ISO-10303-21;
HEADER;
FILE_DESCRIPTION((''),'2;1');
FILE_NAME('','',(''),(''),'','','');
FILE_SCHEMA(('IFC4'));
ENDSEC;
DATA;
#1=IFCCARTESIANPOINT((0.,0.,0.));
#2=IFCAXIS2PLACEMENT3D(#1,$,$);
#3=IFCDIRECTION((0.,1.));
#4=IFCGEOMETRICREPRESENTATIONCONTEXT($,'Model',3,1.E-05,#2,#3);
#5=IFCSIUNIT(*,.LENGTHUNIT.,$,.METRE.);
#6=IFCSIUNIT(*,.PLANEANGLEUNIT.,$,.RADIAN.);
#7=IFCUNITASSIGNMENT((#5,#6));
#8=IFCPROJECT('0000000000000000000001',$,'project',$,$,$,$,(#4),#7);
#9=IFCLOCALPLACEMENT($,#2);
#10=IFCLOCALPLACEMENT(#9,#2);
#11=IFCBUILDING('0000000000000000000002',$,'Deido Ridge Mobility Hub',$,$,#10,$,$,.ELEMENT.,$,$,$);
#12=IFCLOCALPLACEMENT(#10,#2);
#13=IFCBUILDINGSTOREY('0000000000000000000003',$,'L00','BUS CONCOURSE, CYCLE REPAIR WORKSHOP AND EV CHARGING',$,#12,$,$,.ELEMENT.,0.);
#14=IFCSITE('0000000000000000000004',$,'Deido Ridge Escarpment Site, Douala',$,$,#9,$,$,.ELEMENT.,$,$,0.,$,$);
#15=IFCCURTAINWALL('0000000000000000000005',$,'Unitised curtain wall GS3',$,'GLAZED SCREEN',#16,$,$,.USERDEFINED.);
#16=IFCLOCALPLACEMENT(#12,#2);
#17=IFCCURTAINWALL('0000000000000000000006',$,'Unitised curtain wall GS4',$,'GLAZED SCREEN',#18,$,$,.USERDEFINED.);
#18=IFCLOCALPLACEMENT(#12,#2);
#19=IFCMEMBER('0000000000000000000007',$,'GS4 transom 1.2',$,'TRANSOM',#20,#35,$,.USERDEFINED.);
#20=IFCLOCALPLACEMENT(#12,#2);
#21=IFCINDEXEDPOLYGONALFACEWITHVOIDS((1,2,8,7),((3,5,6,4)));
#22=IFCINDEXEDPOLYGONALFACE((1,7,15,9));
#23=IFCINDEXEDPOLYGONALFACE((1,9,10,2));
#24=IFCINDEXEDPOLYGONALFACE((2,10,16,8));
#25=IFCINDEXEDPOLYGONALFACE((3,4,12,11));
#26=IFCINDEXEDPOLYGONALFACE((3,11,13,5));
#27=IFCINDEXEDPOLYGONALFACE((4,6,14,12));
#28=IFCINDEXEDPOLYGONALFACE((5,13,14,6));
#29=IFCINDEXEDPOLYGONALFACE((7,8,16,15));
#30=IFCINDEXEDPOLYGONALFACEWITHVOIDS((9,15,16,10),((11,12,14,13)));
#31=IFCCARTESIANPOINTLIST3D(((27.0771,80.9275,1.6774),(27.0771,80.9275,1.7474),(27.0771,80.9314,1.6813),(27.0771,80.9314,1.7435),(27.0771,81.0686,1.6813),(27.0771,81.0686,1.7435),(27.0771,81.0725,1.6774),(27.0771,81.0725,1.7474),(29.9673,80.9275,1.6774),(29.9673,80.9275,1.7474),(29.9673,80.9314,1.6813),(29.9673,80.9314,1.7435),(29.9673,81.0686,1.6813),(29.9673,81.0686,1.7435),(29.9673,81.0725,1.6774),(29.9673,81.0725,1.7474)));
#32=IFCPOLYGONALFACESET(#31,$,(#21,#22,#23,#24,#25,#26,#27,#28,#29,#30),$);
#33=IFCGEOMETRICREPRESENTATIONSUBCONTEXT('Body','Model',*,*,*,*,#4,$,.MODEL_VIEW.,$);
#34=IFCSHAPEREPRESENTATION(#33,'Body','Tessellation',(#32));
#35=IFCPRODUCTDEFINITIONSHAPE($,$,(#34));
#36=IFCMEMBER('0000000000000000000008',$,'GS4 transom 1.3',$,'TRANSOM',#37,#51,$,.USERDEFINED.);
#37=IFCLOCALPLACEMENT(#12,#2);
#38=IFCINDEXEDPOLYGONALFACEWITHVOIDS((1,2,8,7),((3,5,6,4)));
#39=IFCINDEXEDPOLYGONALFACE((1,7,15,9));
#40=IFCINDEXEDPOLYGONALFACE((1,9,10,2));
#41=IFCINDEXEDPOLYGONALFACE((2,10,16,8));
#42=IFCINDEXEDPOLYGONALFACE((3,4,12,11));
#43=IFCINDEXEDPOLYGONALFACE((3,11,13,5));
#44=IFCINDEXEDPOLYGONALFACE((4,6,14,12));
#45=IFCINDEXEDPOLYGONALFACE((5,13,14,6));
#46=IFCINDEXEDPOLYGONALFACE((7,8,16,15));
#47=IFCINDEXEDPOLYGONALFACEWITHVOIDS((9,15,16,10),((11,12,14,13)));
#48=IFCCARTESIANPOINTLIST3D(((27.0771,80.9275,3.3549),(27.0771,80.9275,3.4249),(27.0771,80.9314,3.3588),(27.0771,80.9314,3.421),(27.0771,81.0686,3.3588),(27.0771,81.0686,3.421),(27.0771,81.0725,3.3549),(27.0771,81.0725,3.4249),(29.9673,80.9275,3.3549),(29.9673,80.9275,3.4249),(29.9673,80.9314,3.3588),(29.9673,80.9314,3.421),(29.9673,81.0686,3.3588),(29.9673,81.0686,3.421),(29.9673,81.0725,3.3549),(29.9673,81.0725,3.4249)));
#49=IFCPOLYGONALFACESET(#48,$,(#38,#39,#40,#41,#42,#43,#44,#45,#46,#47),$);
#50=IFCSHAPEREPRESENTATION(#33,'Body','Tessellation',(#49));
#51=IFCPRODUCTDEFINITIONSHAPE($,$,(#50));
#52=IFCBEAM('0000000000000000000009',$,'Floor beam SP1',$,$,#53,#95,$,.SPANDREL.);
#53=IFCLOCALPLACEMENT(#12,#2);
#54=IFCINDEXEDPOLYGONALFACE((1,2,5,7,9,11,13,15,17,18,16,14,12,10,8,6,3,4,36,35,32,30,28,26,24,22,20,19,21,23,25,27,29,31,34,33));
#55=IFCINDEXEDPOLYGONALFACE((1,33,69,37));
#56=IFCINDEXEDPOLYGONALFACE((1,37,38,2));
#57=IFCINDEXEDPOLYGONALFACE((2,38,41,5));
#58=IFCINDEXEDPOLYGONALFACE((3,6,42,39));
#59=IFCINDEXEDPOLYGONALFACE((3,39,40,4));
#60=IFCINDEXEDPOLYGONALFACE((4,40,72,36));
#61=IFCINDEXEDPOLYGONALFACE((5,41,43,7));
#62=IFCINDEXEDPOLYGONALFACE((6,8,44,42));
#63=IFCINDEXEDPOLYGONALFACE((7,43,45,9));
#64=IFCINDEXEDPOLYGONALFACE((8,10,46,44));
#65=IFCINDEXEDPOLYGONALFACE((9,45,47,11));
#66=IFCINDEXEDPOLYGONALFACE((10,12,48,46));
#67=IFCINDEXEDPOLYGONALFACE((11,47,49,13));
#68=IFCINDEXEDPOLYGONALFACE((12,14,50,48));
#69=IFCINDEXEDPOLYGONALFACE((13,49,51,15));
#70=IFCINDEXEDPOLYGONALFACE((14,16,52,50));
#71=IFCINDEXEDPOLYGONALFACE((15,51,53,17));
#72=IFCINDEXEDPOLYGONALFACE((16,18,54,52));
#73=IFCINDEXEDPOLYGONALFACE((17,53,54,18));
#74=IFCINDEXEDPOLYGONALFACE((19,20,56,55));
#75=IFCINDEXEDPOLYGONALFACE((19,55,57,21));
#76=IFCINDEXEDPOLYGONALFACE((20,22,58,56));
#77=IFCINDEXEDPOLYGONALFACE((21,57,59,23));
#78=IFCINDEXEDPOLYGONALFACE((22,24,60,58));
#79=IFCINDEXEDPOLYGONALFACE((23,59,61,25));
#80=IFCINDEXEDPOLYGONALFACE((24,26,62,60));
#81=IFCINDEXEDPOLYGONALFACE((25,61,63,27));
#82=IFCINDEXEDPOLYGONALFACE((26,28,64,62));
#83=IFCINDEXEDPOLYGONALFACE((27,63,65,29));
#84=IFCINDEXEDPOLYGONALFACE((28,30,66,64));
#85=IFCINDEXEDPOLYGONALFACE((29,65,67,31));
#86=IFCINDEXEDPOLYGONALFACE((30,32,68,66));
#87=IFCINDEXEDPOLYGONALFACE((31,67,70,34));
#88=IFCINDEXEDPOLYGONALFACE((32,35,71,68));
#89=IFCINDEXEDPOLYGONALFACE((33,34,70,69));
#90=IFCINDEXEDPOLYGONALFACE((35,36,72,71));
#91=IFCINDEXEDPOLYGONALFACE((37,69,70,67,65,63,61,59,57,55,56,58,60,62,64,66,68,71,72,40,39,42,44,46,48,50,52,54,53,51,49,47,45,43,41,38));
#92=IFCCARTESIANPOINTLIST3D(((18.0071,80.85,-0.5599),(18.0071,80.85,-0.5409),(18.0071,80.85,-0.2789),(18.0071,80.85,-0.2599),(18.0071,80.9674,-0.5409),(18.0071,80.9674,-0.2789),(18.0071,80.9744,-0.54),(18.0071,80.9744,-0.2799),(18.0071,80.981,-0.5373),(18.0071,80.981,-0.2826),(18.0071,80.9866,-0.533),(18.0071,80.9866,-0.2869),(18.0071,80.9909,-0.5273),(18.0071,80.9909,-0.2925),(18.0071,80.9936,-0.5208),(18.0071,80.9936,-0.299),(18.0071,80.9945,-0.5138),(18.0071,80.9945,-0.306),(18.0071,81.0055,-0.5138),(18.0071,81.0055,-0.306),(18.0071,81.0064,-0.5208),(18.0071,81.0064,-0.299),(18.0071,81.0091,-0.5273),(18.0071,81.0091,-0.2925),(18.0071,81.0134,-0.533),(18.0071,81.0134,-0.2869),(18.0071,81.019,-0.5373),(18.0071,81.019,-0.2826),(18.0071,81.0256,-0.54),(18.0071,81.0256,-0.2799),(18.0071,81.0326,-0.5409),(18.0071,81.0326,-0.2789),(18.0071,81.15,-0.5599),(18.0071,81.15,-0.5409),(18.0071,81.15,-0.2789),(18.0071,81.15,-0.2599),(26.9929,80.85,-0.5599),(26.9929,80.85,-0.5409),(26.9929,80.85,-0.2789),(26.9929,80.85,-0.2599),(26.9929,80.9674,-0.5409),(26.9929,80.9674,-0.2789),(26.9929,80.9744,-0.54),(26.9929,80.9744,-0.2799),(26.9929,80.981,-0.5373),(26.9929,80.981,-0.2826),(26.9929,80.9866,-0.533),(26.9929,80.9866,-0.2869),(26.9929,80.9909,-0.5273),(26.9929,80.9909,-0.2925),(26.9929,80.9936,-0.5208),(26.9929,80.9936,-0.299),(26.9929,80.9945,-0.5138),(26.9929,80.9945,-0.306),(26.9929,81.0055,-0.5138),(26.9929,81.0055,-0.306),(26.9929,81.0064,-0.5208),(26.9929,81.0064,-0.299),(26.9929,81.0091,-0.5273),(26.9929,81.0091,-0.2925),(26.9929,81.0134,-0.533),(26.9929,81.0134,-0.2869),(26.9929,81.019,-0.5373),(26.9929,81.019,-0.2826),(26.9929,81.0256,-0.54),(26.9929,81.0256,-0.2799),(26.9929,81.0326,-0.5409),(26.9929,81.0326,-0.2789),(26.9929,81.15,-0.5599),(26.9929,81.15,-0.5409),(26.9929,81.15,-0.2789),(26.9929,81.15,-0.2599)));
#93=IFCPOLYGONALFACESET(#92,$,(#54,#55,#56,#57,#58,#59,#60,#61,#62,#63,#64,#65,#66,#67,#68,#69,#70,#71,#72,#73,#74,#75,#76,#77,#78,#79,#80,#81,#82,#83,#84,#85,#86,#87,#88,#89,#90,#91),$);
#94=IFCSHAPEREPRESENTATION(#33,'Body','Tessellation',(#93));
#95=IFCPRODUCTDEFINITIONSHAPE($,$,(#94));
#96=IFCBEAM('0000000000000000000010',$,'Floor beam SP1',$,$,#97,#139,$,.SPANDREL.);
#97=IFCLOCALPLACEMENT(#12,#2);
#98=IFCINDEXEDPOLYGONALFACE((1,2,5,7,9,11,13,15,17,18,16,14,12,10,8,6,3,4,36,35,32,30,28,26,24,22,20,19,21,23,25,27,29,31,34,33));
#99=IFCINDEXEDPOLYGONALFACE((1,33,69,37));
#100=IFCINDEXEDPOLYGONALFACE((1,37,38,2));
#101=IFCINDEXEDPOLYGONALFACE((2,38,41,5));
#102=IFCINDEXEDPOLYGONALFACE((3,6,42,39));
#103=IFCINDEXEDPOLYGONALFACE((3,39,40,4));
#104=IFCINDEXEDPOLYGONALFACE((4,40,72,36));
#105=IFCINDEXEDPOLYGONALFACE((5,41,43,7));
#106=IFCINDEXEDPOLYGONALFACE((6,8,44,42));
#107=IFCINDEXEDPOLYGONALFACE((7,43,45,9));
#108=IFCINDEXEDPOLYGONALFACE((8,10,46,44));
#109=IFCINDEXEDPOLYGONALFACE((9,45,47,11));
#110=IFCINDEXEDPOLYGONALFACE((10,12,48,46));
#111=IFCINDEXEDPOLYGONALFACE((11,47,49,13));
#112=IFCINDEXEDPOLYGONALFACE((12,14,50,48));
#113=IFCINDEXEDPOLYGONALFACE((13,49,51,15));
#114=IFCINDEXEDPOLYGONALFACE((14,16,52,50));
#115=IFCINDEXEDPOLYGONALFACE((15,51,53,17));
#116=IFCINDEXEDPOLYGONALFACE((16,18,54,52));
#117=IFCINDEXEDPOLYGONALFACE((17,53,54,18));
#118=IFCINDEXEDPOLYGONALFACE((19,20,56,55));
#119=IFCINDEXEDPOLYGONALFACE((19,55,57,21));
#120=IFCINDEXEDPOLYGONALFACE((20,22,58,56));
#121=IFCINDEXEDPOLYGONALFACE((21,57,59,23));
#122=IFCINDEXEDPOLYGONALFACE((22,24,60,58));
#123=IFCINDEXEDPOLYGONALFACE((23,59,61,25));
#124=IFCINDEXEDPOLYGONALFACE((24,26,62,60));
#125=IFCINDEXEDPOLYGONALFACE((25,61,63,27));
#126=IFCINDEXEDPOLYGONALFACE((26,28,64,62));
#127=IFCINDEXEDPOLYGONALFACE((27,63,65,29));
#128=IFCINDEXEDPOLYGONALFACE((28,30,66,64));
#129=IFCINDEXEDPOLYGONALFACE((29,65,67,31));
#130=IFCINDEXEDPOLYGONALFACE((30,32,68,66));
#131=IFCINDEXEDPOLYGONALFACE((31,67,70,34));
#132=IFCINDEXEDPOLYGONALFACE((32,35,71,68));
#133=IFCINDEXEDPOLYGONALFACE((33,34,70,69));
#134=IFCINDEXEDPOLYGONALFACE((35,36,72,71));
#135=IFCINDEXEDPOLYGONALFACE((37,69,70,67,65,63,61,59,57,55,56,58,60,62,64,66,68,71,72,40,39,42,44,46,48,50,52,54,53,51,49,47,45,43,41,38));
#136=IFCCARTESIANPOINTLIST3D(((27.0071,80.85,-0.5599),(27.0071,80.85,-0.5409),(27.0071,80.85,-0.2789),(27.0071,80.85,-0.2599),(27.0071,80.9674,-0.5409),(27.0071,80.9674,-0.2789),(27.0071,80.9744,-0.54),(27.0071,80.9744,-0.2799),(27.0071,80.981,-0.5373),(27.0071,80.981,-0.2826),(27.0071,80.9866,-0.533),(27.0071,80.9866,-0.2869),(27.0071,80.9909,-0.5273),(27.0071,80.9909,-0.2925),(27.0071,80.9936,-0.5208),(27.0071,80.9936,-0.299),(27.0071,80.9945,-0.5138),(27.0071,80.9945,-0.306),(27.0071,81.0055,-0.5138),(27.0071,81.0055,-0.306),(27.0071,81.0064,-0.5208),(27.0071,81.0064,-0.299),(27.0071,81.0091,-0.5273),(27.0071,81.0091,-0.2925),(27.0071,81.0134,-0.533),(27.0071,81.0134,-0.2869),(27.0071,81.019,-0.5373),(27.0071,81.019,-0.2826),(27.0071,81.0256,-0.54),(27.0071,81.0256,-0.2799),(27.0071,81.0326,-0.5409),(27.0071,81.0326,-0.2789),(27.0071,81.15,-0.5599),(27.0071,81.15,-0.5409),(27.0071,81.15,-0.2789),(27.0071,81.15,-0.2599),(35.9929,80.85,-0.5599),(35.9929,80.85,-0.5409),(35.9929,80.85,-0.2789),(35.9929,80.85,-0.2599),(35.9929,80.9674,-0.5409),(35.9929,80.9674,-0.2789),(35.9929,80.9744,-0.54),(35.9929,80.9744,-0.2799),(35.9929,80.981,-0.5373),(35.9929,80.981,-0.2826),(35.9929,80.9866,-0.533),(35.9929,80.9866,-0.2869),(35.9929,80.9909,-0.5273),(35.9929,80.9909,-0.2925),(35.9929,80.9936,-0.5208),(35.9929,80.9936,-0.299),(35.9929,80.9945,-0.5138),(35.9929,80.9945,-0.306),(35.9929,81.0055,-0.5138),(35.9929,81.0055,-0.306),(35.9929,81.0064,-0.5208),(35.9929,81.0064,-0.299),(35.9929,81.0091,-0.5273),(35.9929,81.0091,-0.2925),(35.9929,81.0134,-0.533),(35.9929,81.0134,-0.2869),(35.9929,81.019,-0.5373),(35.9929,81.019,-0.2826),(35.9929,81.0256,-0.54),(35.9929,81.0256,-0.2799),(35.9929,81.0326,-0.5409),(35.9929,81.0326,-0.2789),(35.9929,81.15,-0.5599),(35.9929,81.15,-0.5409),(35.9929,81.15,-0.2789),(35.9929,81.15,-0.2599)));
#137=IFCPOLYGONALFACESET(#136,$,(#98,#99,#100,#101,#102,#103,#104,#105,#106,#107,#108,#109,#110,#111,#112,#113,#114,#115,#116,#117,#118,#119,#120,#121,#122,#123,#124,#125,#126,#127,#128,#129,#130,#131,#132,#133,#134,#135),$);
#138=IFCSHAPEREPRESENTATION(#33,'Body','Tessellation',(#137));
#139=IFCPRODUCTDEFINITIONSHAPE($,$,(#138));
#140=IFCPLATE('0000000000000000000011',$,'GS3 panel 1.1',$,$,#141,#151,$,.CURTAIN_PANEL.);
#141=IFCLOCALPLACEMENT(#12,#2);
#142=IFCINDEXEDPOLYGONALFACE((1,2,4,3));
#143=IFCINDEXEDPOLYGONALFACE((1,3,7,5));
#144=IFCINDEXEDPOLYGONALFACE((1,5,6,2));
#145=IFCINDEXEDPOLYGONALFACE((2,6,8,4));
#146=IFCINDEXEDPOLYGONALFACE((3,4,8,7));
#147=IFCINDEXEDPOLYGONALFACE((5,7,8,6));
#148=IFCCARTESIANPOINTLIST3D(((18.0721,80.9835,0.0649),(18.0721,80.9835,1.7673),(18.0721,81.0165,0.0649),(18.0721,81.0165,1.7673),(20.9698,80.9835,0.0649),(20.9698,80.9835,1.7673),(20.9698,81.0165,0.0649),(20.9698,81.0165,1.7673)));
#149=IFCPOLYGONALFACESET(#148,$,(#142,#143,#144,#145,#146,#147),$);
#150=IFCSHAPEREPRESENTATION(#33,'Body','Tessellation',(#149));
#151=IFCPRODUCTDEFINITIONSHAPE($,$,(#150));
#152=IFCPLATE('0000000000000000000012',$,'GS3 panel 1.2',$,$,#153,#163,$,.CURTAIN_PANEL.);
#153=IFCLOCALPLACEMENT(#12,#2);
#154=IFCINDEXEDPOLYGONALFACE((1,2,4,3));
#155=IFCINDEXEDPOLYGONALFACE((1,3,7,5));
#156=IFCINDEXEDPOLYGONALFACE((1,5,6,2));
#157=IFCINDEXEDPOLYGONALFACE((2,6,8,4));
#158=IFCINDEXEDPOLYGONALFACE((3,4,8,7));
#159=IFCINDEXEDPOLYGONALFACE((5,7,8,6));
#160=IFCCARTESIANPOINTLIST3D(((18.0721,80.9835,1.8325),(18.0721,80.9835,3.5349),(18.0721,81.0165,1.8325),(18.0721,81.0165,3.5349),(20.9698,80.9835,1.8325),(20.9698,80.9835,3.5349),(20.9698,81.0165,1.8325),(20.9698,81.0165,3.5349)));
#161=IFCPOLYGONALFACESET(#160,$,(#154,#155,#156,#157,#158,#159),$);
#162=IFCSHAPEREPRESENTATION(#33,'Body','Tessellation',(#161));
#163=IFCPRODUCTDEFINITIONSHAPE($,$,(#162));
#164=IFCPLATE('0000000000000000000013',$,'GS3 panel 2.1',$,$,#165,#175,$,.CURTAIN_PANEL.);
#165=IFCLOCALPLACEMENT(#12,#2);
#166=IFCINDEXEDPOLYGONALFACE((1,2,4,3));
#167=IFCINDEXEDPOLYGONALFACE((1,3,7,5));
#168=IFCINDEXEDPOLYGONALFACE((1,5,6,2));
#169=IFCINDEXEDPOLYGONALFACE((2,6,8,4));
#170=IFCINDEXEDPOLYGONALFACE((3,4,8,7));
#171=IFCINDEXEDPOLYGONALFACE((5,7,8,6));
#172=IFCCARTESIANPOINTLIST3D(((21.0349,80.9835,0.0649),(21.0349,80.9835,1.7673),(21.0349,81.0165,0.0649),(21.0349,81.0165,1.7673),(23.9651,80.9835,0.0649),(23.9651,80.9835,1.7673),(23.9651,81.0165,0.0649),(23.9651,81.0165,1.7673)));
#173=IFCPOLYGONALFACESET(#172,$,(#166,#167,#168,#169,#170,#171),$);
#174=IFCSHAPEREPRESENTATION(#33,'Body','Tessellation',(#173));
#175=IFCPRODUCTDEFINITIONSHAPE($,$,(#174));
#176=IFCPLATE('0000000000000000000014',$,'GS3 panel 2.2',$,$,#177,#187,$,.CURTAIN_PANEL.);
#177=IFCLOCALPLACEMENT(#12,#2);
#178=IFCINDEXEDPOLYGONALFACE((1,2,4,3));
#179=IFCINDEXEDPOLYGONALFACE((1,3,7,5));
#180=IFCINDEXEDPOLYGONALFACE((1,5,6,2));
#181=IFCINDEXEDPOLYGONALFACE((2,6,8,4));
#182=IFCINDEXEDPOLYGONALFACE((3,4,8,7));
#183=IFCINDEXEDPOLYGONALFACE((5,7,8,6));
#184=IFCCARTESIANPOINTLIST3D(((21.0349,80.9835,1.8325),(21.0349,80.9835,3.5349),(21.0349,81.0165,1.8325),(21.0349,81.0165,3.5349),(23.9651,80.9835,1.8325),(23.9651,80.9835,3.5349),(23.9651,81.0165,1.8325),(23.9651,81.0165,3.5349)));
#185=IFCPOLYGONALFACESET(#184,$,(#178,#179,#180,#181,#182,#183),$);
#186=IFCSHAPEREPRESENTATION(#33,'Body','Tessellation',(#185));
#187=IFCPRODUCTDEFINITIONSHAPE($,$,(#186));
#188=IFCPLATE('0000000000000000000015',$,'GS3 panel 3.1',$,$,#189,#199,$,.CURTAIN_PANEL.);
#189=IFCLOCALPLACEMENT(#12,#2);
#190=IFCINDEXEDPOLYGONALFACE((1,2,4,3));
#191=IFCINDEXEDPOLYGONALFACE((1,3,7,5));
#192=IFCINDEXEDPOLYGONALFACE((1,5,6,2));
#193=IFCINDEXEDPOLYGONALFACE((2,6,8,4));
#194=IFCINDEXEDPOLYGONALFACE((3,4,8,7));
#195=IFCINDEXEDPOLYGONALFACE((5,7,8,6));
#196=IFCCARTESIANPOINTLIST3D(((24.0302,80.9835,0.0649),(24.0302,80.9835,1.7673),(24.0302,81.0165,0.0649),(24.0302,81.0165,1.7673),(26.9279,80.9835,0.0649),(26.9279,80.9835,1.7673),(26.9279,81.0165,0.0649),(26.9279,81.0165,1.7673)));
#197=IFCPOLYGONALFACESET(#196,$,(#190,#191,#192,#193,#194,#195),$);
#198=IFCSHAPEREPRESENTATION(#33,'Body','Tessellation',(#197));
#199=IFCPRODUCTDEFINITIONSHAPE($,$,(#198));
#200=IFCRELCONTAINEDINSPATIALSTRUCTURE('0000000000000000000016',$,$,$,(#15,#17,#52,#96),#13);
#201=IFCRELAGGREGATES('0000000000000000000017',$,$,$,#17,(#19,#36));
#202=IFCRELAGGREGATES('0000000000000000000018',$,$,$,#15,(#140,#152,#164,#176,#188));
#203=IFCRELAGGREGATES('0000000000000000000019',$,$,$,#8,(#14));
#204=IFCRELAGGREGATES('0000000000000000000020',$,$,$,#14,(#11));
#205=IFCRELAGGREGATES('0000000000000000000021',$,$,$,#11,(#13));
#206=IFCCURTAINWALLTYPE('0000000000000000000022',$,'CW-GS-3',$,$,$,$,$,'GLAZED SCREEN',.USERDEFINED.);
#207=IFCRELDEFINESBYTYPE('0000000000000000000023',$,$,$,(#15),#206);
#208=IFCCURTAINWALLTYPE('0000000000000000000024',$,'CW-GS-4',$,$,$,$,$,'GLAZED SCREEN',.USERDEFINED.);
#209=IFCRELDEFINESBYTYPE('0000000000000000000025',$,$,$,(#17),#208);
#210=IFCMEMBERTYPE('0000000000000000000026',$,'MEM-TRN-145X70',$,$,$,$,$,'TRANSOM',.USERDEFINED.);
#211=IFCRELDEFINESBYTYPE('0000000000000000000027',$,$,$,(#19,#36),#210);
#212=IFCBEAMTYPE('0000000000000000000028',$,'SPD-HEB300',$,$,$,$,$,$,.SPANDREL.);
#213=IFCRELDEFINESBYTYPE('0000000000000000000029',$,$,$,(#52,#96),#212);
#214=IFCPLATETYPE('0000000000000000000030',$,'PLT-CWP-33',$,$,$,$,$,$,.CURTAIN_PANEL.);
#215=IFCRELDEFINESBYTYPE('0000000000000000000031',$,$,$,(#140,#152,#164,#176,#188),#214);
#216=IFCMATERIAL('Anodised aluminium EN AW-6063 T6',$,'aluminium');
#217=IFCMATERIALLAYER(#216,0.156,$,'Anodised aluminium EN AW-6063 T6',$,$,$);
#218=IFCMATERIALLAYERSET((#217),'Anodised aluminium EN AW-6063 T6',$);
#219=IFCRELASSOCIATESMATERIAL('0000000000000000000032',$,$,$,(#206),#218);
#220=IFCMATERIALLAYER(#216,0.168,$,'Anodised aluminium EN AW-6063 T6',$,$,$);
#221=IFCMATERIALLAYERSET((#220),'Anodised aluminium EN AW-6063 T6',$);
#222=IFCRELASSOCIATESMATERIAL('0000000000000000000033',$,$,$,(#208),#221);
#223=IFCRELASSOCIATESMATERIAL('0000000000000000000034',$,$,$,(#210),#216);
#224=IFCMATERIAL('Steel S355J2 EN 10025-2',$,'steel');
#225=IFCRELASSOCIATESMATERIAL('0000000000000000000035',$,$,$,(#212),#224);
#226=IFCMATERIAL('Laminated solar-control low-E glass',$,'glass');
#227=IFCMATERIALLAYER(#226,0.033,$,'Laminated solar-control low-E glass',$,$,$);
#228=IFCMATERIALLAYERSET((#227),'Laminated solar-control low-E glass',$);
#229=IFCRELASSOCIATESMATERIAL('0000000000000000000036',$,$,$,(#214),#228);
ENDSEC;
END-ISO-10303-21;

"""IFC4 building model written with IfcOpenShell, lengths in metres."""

from ifc_helpers import new_model, si_unit, direction, frame, origin, origin_2d, place, context, subcontext, project, spatial, rectangle, hollow_rectangle, i_section, extrude, material, layer, layer_set, material_profile, profile_set, type_object, element, aggregate, save


model = new_model("IFC4")

# Units and contexts
model_context = context("Model", 3, precision=1e-05, world=origin(), true_north=direction((0.0, 1.0)))
body_context = subcontext(model_context, "Body", "Model", "MODEL_VIEW")
ifc_project = project(units=[si_unit("LENGTHUNIT", "METRE"), si_unit("PLANEANGLEUNIT", "RADIAN")], contexts=[model_context])

# Site, building, storey
site_placement = place(None, origin())
site = spatial("IfcSite", under=ifc_project, at=site_placement, Name="Deido Ridge Escarpment Site, Douala", CompositionType="ELEMENT", RefElevation=0.0)
building_placement = place(site_placement, origin())
building = spatial("IfcBuilding", under=site, at=building_placement, Name="Deido Ridge Mobility Hub", CompositionType="ELEMENT")
storey_placement = place(building_placement, origin())
storey = spatial("IfcBuildingStorey", under=building, at=storey_placement, Name="L00", Description="BUS CONCOURSE, CYCLE REPAIR WORKSHOP AND EV CHARGING", CompositionType="ELEMENT", Elevation=0.0)

# Shared definitions
ifc_material_1 = material(Name="Steel S355J2 EN 10025-2", Category="steel")

# Shared definitions
ifc_material_2 = material(Name="Anodised aluminium EN AW-6063 T6", Category="aluminium")

# Curtain wall
ifc_layer_1 = layer(ifc_material_2, 0.156, Name="Anodised aluminium EN AW-6063 T6")
ifc_layer_set_1 = layer_set([ifc_layer_1], Name="Anodised aluminium EN AW-6063 T6")
curtain_wall_type_1 = type_object("IfcCurtainWallType", Name="CW-GS-3", ElementType="GLAZED SCREEN", PredefinedType="USERDEFINED", material=ifc_layer_set_1)
curtain_wall_1_placement = place(storey_placement, origin())
curtain_wall_1 = element("IfcCurtainWall", 1, at=curtain_wall_1_placement, inside=storey, type_object=curtain_wall_type_1, Name="Unitised curtain wall GS3", ObjectType="GLAZED SCREEN", PredefinedType="USERDEFINED")

# Curtain wall
ifc_layer_2 = layer(ifc_material_2, 0.168, Name="Anodised aluminium EN AW-6063 T6")
ifc_layer_set_2 = layer_set([ifc_layer_2], Name="Anodised aluminium EN AW-6063 T6")
curtain_wall_type_2 = type_object("IfcCurtainWallType", Name="CW-GS-4", ElementType="GLAZED SCREEN", PredefinedType="USERDEFINED", material=ifc_layer_set_2)
curtain_wall_2_placement = place(storey_placement, origin())
curtain_wall_2 = element("IfcCurtainWall", 2, at=curtain_wall_2_placement, inside=storey, type_object=curtain_wall_type_2, Name="Unitised curtain wall GS4", ObjectType="GLAZED SCREEN", PredefinedType="USERDEFINED")

# Members
ifc_material_profile_1 = material_profile(ifc_material_2, hollow_rectangle(XDim=0.145, YDim=0.0701, WallThickness=0.0039, at=origin_2d()), Name="RHS 145x70x4")
ifc_profile_set_1 = profile_set([ifc_material_profile_1], Name="Anodised aluminium EN AW-6063 T6")
member_type_1 = type_object("IfcMemberType", Name="MEM-TRN-145X70", ElementType="TRANSOM", PredefinedType="USERDEFINED", material=ifc_profile_set_1)
member_1_placement = place(storey_placement, frame((27.0771, 81.0, 1.7124), z_axis=(1.0, 0.0, 0.0), x_axis=(0.0, 1.0, 0.0)))
member_1 = element("IfcMember", 3, at=member_1_placement, type_object=member_type_1, Name="GS4 transom 1.2", ObjectType="TRANSOM", PredefinedType="USERDEFINED", context=body_context, shape_type="SweptSolid", body=[
    extrude(hollow_rectangle(XDim=0.145, YDim=0.0701, WallThickness=0.0039, at=origin_2d()), origin(), (0.0, 0.0, 1.0), 2.8901),
])
member_2_placement = place(storey_placement, frame((27.0771, 81.0, 3.3899), z_axis=(1.0, 0.0, 0.0), x_axis=(0.0, 1.0, 0.0)))
member_2 = element("IfcMember", 4, at=member_2_placement, type_object=member_type_1, Name="GS4 transom 1.3", ObjectType="TRANSOM", PredefinedType="USERDEFINED", context=body_context, shape_type="SweptSolid", body=[
    extrude(hollow_rectangle(XDim=0.145, YDim=0.0701, WallThickness=0.0039, at=origin_2d()), origin(), (0.0, 0.0, 1.0), 2.8901),
])
aggregate(curtain_wall_2, [member_1, member_2])

# Beams
ifc_material_profile_2 = material_profile(ifc_material_1, i_section(OverallWidth=0.3, OverallDepth=0.3, WebThickness=0.011, FlangeThickness=0.019, FilletRadius=0.0271, at=origin_2d()), Name="HEB 300")
ifc_profile_set_2 = profile_set([ifc_material_profile_2], Name="Steel S355J2 EN 10025-2")
beam_type = type_object("IfcBeamType", Name="SPD-HEB300", PredefinedType="SPANDREL", material=ifc_profile_set_2)
for number, where, z_axis, x_axis, name in (
    (5, (18.0071, 81.0, -0.4099), (1.0, 0.0, 0.0), (0.0, 1.0, 0.0), "Floor beam SP1"),
    (6, (27.0071, 81.0, -0.4099), (1.0, 0.0, 0.0), (0.0, 1.0, 0.0), "Floor beam SP1"),
):
    element("IfcBeam", number, at=place(storey_placement, frame(where, z_axis=z_axis, x_axis=x_axis)), inside=storey, type_object=beam_type, Name=name, PredefinedType="SPANDREL", context=body_context, shape_type="SweptSolid", body=[
        extrude(i_section(OverallWidth=0.3, OverallDepth=0.3, WebThickness=0.011, FlangeThickness=0.019, FilletRadius=0.0271, at=origin_2d()), origin(), (0.0, 0.0, 1.0), 8.9858),
    ])

# Plates
ifc_material_3 = material(Name="Laminated solar-control low-E glass", Category="glass")
ifc_layer_3 = layer(ifc_material_3, 0.033, Name="Laminated solar-control low-E glass")
ifc_layer_set_3 = layer_set([ifc_layer_3], Name="Laminated solar-control low-E glass")
plate_type = type_object("IfcPlateType", Name="PLT-CWP-33", PredefinedType="CURTAIN_PANEL", material=ifc_layer_set_3)
plate_1_placement = place(storey_placement, frame((19.521, 81.0, 0.0649), z_axis=(0.0, 0.0, 1.0), x_axis=(1.0, 0.0, 0.0)))
plate_1 = element("IfcPlate", 7, at=plate_1_placement, type_object=plate_type, Name="GS3 panel 1.1", PredefinedType="CURTAIN_PANEL", context=body_context, shape_type="SweptSolid", body=[
    extrude(rectangle(XDim=2.8977, YDim=0.033, at=origin_2d()), origin(), (0.0, 0.0, 1.0), 1.7024),
])
plate_2_placement = place(storey_placement, frame((19.521, 81.0, 1.8325), z_axis=(0.0, 0.0, 1.0), x_axis=(1.0, 0.0, 0.0)))
plate_2 = element("IfcPlate", 8, at=plate_2_placement, type_object=plate_type, Name="GS3 panel 1.2", PredefinedType="CURTAIN_PANEL", context=body_context, shape_type="SweptSolid", body=[
    extrude(rectangle(XDim=2.8977, YDim=0.033, at=origin_2d()), origin(), (0.0, 0.0, 1.0), 1.7024),
])
plate_3_placement = place(storey_placement, frame((22.5, 81.0, 0.0649), z_axis=(0.0, 0.0, 1.0), x_axis=(1.0, 0.0, 0.0)))
plate_3 = element("IfcPlate", 9, at=plate_3_placement, type_object=plate_type, Name="GS3 panel 2.1", PredefinedType="CURTAIN_PANEL", context=body_context, shape_type="SweptSolid", body=[
    extrude(rectangle(XDim=2.9302, YDim=0.033, at=origin_2d()), origin(), (0.0, 0.0, 1.0), 1.7024),
])
plate_4_placement = place(storey_placement, frame((22.5, 81.0, 1.8325), z_axis=(0.0, 0.0, 1.0), x_axis=(1.0, 0.0, 0.0)))
plate_4 = element("IfcPlate", 10, at=plate_4_placement, type_object=plate_type, Name="GS3 panel 2.2", PredefinedType="CURTAIN_PANEL", context=body_context, shape_type="SweptSolid", body=[
    extrude(rectangle(XDim=2.9302, YDim=0.033, at=origin_2d()), origin(), (0.0, 0.0, 1.0), 1.7024),
])
plate_5_placement = place(storey_placement, frame((25.479, 81.0, 0.0649), z_axis=(0.0, 0.0, 1.0), x_axis=(1.0, 0.0, 0.0)))
plate_5 = element("IfcPlate", 11, at=plate_5_placement, type_object=plate_type, Name="GS3 panel 3.1", PredefinedType="CURTAIN_PANEL", context=body_context, shape_type="SweptSolid", body=[
    extrude(rectangle(XDim=2.8977, YDim=0.033, at=origin_2d()), origin(), (0.0, 0.0, 1.0), 1.7024),
])
aggregate(curtain_wall_1, [plate_1, plate_2, plate_3, plate_4, plate_5])

save(model, "model.ifc")
